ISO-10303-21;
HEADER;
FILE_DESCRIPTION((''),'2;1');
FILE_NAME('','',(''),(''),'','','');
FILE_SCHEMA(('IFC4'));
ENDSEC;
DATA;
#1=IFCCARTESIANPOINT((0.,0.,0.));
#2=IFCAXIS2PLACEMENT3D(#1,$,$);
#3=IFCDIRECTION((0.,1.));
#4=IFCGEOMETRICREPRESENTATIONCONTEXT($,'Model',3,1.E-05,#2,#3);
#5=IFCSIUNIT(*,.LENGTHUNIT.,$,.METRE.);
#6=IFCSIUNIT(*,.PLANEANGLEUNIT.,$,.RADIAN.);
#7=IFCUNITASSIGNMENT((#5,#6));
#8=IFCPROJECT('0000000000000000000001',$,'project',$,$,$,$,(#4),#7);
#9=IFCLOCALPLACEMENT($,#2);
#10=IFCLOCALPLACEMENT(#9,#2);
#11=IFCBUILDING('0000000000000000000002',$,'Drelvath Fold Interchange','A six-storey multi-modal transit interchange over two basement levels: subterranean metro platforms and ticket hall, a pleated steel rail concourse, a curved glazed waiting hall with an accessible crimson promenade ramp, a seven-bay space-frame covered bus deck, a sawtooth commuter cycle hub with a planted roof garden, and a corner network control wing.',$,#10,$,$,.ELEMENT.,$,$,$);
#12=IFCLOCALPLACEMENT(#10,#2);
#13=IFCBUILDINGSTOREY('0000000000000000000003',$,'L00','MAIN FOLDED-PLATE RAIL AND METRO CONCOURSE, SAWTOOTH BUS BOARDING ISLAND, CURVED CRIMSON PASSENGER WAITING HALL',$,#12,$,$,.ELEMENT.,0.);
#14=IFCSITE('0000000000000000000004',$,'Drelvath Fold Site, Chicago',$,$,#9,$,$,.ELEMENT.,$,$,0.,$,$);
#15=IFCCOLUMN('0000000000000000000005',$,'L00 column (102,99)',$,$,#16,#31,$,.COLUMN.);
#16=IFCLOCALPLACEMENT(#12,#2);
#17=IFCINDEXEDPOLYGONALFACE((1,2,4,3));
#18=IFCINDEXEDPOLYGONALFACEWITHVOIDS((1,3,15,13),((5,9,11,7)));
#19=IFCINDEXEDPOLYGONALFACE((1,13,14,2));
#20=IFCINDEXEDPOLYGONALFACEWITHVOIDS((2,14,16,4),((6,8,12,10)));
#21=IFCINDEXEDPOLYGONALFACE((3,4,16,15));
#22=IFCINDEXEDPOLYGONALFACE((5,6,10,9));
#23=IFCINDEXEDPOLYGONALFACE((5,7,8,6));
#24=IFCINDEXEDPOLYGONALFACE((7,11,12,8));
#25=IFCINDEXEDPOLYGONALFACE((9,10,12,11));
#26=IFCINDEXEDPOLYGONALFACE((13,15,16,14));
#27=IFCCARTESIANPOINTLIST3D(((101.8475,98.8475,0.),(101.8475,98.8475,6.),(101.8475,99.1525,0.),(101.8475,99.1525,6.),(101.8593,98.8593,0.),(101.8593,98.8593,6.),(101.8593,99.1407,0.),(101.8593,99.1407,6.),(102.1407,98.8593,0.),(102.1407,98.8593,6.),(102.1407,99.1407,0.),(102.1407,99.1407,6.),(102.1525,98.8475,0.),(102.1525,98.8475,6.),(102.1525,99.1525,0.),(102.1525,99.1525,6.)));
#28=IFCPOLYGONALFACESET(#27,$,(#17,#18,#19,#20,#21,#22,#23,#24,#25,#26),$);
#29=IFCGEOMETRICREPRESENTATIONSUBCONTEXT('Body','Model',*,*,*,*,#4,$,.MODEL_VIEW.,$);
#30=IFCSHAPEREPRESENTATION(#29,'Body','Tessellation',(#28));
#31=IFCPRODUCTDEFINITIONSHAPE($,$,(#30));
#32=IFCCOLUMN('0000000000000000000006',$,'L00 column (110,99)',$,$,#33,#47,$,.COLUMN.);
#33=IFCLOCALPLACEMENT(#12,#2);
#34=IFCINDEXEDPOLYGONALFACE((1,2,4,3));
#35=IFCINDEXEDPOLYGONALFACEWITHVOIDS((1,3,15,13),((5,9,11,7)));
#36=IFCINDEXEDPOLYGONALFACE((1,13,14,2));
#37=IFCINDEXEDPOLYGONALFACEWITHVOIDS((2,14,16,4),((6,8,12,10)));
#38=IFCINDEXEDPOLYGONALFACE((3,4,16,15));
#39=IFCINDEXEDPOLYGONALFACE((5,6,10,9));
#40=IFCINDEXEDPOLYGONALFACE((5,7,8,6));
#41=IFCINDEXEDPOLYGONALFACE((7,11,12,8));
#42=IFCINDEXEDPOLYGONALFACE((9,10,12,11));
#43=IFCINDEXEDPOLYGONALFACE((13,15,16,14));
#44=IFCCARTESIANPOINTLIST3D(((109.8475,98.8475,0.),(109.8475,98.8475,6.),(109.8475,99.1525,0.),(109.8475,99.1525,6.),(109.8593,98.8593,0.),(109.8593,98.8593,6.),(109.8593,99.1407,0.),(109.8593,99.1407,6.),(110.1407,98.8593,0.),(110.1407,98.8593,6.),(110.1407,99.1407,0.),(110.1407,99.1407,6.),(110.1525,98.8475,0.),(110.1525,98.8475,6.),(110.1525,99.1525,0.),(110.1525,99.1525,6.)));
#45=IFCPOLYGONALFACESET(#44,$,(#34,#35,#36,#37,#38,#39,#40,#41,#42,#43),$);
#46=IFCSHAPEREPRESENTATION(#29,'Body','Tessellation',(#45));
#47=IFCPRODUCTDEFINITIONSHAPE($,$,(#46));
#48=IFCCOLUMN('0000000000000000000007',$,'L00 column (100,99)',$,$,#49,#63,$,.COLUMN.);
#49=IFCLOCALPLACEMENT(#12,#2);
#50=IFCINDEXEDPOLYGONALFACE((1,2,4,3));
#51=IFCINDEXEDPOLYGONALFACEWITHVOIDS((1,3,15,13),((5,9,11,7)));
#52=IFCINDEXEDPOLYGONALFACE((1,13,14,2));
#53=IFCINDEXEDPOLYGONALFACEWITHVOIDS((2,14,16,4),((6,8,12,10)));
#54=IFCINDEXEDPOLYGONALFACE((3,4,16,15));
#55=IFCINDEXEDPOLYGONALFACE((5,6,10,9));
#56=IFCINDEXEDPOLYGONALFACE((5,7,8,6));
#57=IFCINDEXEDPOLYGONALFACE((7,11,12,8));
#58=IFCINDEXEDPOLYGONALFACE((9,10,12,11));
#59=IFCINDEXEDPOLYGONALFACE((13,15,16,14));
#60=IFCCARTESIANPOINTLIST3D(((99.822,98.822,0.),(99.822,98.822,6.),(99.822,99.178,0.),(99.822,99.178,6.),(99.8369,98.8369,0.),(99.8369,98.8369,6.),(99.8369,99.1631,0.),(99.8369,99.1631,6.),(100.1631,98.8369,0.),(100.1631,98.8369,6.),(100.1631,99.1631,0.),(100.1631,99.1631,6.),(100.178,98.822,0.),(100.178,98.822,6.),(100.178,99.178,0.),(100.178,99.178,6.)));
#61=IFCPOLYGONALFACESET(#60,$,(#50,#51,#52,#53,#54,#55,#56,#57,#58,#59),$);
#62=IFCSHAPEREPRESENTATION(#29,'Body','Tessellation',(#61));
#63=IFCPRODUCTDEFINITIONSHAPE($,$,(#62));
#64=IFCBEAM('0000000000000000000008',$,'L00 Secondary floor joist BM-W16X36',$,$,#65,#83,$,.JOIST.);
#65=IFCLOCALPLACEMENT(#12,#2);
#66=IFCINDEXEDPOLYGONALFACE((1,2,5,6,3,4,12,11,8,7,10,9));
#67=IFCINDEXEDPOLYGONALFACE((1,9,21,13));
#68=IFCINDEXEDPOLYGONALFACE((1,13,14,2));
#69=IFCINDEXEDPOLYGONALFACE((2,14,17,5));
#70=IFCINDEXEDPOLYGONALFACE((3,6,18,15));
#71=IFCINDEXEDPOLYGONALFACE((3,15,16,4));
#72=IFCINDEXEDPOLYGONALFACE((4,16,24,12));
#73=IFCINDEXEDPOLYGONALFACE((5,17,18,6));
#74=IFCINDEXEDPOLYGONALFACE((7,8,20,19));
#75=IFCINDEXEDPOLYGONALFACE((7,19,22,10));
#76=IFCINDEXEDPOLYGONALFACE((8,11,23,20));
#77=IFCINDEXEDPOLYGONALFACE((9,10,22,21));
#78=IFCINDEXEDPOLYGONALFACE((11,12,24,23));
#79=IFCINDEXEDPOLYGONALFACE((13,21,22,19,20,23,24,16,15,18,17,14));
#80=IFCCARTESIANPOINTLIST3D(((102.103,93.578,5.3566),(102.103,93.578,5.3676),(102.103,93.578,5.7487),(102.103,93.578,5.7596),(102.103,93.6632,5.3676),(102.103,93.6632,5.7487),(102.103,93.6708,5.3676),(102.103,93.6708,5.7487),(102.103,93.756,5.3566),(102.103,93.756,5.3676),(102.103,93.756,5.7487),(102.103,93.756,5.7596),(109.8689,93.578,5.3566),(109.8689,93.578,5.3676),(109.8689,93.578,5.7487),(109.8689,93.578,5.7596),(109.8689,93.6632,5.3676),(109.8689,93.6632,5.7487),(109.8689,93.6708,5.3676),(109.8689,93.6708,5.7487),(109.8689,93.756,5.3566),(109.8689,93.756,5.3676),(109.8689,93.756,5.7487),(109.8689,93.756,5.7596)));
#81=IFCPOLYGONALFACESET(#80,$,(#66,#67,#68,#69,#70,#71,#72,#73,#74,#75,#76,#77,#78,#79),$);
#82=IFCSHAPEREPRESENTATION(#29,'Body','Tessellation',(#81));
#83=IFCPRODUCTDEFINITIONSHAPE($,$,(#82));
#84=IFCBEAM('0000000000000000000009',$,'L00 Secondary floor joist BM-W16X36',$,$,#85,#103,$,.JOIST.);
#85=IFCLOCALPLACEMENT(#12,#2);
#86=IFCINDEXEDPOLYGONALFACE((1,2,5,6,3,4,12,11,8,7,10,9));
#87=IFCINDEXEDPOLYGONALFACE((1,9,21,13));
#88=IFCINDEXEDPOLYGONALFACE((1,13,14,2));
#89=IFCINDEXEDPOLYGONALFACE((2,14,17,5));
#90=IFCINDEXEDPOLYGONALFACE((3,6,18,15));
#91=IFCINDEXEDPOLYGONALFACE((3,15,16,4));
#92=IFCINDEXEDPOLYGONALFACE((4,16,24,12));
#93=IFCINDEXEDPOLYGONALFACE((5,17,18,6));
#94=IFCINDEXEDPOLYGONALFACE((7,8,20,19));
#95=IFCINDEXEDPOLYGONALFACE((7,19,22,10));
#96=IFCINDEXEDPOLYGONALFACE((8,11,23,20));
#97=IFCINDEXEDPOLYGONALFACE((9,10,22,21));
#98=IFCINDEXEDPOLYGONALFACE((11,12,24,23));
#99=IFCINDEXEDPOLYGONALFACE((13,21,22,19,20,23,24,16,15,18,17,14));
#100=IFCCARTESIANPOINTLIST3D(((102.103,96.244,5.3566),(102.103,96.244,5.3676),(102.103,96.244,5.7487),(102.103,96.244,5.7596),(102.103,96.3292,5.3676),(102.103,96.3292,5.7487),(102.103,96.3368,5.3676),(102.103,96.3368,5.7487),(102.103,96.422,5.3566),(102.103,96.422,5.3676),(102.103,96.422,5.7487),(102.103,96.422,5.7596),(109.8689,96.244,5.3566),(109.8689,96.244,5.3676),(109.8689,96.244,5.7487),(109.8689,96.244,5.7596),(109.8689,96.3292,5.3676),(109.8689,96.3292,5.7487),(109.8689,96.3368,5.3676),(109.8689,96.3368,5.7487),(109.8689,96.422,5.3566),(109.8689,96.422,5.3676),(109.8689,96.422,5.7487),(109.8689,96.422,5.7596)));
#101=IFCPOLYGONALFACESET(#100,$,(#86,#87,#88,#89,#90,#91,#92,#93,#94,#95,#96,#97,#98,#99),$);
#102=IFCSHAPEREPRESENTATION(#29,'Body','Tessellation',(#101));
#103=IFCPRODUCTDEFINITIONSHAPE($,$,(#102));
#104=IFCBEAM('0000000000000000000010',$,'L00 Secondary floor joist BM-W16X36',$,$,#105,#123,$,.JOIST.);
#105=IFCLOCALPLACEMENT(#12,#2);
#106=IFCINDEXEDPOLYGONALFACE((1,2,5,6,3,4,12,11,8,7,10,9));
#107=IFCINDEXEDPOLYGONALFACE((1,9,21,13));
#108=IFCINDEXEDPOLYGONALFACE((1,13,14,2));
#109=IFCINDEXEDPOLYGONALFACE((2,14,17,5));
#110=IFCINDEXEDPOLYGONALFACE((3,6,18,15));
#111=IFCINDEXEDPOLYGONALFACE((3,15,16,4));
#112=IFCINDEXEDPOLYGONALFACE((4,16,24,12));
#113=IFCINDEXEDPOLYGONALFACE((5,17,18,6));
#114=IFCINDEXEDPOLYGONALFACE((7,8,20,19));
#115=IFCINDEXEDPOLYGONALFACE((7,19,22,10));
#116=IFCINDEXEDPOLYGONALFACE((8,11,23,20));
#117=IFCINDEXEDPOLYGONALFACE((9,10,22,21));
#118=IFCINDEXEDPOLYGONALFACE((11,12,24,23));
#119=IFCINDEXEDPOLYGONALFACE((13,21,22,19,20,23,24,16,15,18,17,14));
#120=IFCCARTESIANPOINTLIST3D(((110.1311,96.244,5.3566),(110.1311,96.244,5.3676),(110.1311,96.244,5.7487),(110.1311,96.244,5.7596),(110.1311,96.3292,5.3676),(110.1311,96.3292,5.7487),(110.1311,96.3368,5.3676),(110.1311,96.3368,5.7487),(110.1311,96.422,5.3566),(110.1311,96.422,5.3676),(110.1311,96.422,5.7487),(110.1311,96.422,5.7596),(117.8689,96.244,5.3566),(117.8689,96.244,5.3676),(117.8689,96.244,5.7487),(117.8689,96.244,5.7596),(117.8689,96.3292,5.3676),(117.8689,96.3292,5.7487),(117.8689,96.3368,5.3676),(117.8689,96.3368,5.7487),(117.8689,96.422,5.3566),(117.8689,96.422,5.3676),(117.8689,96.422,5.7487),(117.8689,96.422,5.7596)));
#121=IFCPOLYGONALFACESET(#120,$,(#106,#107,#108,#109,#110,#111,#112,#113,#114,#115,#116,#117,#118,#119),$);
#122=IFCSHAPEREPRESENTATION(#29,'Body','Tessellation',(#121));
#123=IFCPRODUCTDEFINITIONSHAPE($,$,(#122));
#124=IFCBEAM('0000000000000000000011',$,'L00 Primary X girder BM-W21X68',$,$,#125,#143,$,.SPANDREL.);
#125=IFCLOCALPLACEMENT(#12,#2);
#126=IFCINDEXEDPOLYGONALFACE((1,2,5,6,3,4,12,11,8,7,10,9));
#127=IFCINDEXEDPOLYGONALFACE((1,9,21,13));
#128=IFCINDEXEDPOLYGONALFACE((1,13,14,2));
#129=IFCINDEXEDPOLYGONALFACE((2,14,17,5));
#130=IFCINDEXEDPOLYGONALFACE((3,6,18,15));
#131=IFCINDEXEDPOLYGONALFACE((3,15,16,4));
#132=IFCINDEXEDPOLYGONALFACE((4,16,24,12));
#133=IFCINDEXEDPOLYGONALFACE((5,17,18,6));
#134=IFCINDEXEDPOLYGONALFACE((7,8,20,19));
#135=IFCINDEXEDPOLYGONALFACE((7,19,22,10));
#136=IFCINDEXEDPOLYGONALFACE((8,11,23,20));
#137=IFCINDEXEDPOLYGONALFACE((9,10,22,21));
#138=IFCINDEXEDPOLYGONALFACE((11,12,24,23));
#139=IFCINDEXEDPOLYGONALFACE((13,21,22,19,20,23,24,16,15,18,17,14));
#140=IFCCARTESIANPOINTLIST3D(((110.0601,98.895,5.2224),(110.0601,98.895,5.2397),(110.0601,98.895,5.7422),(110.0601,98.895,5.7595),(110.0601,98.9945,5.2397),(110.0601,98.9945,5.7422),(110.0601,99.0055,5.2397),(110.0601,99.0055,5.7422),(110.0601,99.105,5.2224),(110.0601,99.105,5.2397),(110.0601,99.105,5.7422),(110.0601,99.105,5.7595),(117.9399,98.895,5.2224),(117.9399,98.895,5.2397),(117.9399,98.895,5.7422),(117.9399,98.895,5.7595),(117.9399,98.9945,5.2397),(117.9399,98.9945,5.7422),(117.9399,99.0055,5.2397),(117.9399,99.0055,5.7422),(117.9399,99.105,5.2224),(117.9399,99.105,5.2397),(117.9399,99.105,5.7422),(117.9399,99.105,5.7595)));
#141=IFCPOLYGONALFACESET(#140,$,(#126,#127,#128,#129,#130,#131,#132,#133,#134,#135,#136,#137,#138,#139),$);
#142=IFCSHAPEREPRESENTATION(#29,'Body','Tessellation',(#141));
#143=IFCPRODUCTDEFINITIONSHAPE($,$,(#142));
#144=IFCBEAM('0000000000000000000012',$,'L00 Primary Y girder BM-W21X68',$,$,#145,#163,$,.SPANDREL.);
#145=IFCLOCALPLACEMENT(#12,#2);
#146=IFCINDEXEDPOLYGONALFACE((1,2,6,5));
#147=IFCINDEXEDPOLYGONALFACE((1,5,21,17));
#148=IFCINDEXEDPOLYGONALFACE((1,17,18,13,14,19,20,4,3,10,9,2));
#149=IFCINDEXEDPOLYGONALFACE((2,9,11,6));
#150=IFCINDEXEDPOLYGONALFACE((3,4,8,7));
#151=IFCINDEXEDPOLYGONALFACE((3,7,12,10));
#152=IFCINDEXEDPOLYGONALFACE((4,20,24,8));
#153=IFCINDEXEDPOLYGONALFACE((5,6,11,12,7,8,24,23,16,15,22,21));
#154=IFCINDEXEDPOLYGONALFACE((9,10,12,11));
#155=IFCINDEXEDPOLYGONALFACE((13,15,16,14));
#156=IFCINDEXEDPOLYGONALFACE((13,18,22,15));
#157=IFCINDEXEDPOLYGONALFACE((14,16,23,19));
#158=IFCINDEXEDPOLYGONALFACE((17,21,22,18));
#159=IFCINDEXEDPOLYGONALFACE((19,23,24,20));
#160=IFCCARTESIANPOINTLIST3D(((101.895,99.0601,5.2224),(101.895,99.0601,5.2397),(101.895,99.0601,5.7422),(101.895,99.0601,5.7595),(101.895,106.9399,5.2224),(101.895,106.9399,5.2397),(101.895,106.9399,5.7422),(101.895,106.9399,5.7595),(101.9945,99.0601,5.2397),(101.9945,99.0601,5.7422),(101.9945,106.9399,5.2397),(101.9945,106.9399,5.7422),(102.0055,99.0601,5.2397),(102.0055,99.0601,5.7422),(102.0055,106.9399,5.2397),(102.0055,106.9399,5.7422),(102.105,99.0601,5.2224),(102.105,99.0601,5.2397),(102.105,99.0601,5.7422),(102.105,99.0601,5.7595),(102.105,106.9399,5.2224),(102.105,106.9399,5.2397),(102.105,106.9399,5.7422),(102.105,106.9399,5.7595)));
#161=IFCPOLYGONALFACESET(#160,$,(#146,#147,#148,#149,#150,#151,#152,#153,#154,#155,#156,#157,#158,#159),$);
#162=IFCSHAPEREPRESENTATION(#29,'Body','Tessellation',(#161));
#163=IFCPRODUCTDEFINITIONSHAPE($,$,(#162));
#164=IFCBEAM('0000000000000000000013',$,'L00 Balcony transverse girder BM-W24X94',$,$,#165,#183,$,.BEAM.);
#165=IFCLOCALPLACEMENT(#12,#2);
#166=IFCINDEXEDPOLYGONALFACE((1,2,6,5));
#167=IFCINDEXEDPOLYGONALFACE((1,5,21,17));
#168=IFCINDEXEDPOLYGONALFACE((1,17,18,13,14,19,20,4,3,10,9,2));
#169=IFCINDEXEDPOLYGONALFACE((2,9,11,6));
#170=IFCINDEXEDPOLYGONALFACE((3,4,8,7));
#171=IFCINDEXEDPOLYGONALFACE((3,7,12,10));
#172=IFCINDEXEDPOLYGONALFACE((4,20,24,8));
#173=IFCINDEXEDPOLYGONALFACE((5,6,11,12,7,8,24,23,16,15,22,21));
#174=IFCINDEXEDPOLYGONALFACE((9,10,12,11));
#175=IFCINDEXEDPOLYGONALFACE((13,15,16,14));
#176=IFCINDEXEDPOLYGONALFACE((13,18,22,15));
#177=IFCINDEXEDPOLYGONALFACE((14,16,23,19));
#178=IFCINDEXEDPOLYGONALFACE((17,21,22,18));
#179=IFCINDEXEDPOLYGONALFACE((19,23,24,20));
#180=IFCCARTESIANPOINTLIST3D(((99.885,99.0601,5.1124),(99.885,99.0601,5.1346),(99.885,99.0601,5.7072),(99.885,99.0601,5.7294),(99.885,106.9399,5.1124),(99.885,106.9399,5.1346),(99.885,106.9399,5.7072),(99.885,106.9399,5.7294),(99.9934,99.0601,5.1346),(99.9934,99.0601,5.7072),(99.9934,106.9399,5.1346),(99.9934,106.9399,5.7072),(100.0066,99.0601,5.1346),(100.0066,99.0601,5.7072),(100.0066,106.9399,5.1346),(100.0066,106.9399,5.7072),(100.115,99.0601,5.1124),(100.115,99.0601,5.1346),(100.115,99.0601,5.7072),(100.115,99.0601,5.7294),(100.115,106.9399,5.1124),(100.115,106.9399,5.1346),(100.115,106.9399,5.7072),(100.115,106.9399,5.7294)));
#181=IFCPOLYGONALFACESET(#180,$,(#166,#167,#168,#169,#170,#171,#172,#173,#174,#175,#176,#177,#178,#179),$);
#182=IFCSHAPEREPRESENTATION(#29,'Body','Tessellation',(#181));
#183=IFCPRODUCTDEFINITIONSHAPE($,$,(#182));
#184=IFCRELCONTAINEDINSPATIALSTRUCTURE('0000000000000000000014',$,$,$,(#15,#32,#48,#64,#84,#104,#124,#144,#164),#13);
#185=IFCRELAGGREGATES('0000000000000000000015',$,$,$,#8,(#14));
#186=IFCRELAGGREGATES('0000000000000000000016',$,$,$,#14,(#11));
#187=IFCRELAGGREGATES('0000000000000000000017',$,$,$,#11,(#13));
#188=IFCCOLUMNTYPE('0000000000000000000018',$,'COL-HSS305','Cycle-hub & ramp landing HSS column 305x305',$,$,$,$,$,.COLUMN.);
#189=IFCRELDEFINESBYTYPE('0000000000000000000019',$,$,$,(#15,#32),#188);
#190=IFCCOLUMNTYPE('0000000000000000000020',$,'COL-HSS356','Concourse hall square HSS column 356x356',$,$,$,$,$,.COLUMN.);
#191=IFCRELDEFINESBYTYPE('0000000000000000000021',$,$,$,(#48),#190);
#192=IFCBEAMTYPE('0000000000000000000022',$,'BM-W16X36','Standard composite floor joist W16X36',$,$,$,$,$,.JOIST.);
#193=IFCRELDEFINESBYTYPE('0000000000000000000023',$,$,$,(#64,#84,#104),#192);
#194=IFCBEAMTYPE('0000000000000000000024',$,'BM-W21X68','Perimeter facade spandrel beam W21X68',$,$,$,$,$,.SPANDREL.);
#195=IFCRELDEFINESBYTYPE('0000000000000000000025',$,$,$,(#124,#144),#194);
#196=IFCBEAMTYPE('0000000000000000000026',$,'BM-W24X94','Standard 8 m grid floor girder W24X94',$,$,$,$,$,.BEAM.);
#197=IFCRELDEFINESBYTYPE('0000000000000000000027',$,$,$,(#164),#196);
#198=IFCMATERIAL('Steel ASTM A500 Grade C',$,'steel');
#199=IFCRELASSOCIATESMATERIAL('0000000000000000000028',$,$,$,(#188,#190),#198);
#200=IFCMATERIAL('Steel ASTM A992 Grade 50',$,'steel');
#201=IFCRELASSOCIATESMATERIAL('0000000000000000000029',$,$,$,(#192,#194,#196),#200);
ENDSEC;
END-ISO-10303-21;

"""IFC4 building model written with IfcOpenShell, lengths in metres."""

from ifc_helpers import new_model, si_unit, direction, frame, origin, origin_2d, place, context, subcontext, project, spatial, hollow_rectangle, i_section, extrude, material, material_profile, profile_set, type_object, element, save


model = new_model("IFC4")

# Units and contexts
model_context = context("Model", 3, precision=1e-05, world=origin(), true_north=direction((0.0, 1.0)))
body_context = subcontext(model_context, "Body", "Model", "MODEL_VIEW")
ifc_project = project(units=[si_unit("LENGTHUNIT", "METRE"), si_unit("PLANEANGLEUNIT", "RADIAN")], contexts=[model_context])

# Site, building, storey
site_placement = place(None, origin())
site = spatial("IfcSite", under=ifc_project, at=site_placement, Name="Drelvath Fold Site, Chicago", CompositionType="ELEMENT", RefElevation=0.0)
building_placement = place(site_placement, origin())
building = spatial("IfcBuilding", under=site, at=building_placement, Name="Drelvath Fold Interchange", Description="A six-storey multi-modal transit interchange over two basement levels: subterranean metro platforms and ticket hall, a pleated steel rail concourse, a curved glazed waiting hall with an accessible crimson promenade ramp, a seven-bay space-frame covered bus deck, a sawtooth commuter cycle hub with a planted roof garden, and a corner network control wing.", CompositionType="ELEMENT")
storey_placement = place(building_placement, origin())
storey = spatial("IfcBuildingStorey", under=building, at=storey_placement, Name="L00", Description="MAIN FOLDED-PLATE RAIL AND METRO CONCOURSE, SAWTOOTH BUS BOARDING ISLAND, CURVED CRIMSON PASSENGER WAITING HALL", CompositionType="ELEMENT", Elevation=0.0)

# Columns
ifc_material_1 = material(Name="Steel ASTM A500 Grade C", Category="steel")
ifc_material_profile_1 = material_profile(ifc_material_1, hollow_rectangle(XDim=0.3049, YDim=0.3049, WallThickness=0.0117, at=origin_2d()), Name="HSS12X12X1/2")
ifc_profile_set_1 = profile_set([ifc_material_profile_1], Name="Steel ASTM A500 Grade C")
column_type_1 = type_object("IfcColumnType", Name="COL-HSS305", Description="Cycle-hub & ramp landing HSS column 305x305", PredefinedType="COLUMN", material=ifc_profile_set_1)
for number, where, z_axis, x_axis, name in (
    (1, (102.0, 99.0, 0.0), (0.0, 0.0, 1.0), (1.0, 0.0, 0.0), "L00 column (102,99)"),
    (2, (110.0, 99.0, 0.0), (0.0, 0.0, 1.0), (1.0, 0.0, 0.0), "L00 column (110,99)"),
):
    element("IfcColumn", number, at=place(storey_placement, frame(where, z_axis=z_axis, x_axis=x_axis)), inside=storey, type_object=column_type_1, Name=name, PredefinedType="COLUMN", context=body_context, shape_type="SweptSolid", body=[
        extrude(hollow_rectangle(XDim=0.3049, YDim=0.3049, WallThickness=0.0117, at=origin_2d()), origin(), (0.0, 0.0, 1.0), 6.0),
    ])
ifc_material_profile_2 = material_profile(ifc_material_1, hollow_rectangle(XDim=0.356, YDim=0.356, WallThickness=0.0149, at=origin_2d()), Name="HSS14X14X5/8")
ifc_profile_set_2 = profile_set([ifc_material_profile_2], Name="Steel ASTM A500 Grade C")
column_type_2 = type_object("IfcColumnType", Name="COL-HSS356", Description="Concourse hall square HSS column 356x356", PredefinedType="COLUMN", material=ifc_profile_set_2)
column_placement = place(storey_placement, frame((100.0, 99.0, 0.0), z_axis=(0.0, 0.0, 1.0), x_axis=(1.0, 0.0, 0.0)))
element("IfcColumn", 3, at=column_placement, inside=storey, type_object=column_type_2, Name="L00 column (100,99)", PredefinedType="COLUMN", context=body_context, shape_type="SweptSolid", body=[
    extrude(hollow_rectangle(XDim=0.356, YDim=0.356, WallThickness=0.0149, at=origin_2d()), origin(), (0.0, 0.0, 1.0), 6.0),
])

# Beams
ifc_material_2 = material(Name="Steel ASTM A992 Grade 50", Category="steel")
ifc_material_profile_3 = material_profile(ifc_material_2, i_section(OverallWidth=0.178, OverallDepth=0.4031, WebThickness=0.0076, FlangeThickness=0.011, at=origin_2d()), Name="W16X36")
ifc_profile_set_3 = profile_set([ifc_material_profile_3], Name="Steel ASTM A992 Grade 50")
beam_type_1 = type_object("IfcBeamType", Name="BM-W16X36", Description="Standard composite floor joist W16X36", PredefinedType="JOIST", material=ifc_profile_set_3)
for number, where, z_axis, x_axis, name in (
    (4, (102.103, 93.667, 5.5581), (1.0, 0.0, 0.0), (0.0, 1.0, 0.0), "L00 Secondary floor joist BM-W16X36"),
    (5, (102.103, 96.333, 5.5581), (1.0, 0.0, 0.0), (0.0, 1.0, 0.0), "L00 Secondary floor joist BM-W16X36"),
):
    element("IfcBeam", number, at=place(storey_placement, frame(where, z_axis=z_axis, x_axis=x_axis)), inside=storey, type_object=beam_type_1, Name=name, PredefinedType="JOIST", context=body_context, shape_type="SweptSolid", body=[
        extrude(i_section(OverallWidth=0.178, OverallDepth=0.4031, WebThickness=0.0076, FlangeThickness=0.011, at=origin_2d()), origin(), (0.0, 0.0, 1.0), 7.7659),
    ])
beam_1_placement = place(storey_placement, frame((110.1311, 96.333, 5.5581), z_axis=(1.0, 0.0, 0.0), x_axis=(0.0, 1.0, 0.0)))
element("IfcBeam", 6, at=beam_1_placement, inside=storey, type_object=beam_type_1, Name="L00 Secondary floor joist BM-W16X36", PredefinedType="JOIST", context=body_context, shape_type="SweptSolid", body=[
    extrude(i_section(OverallWidth=0.178, OverallDepth=0.4031, WebThickness=0.0076, FlangeThickness=0.011, at=origin_2d()), origin(), (0.0, 0.0, 1.0), 7.7378),
])
ifc_material_profile_4 = material_profile(ifc_material_2, i_section(OverallWidth=0.21, OverallDepth=0.5371, WebThickness=0.011, FlangeThickness=0.0173, at=origin_2d()), Name="W21X68")
ifc_profile_set_4 = profile_set([ifc_material_profile_4], Name="Steel ASTM A992 Grade 50")
beam_type_2 = type_object("IfcBeamType", Name="BM-W21X68", Description="Perimeter facade spandrel beam W21X68", PredefinedType="SPANDREL", material=ifc_profile_set_4)
for number, where, z_axis, x_axis, name in (
    (7, (110.0601, 99.0, 5.491), (1.0, 0.0, 0.0), (0.0, 1.0, 0.0), "L00 Primary X girder BM-W21X68"),
    (8, (102.0, 99.0601, 5.491), (0.0, 1.0, 0.0), (-1.0, 0.0, 0.0), "L00 Primary Y girder BM-W21X68"),
):
    element("IfcBeam", number, at=place(storey_placement, frame(where, z_axis=z_axis, x_axis=x_axis)), inside=storey, type_object=beam_type_2, Name=name, PredefinedType="SPANDREL", context=body_context, shape_type="SweptSolid", body=[
        extrude(i_section(OverallWidth=0.21, OverallDepth=0.5371, WebThickness=0.011, FlangeThickness=0.0173, at=origin_2d()), origin(), (0.0, 0.0, 1.0), 7.8799),
    ])
ifc_material_profile_5 = material_profile(ifc_material_2, i_section(OverallWidth=0.23, OverallDepth=0.6169, WebThickness=0.0132, FlangeThickness=0.0222, at=origin_2d()), Name="W24X94")
ifc_profile_set_5 = profile_set([ifc_material_profile_5], Name="Steel ASTM A992 Grade 50")
beam_type_3 = type_object("IfcBeamType", Name="BM-W24X94", Description="Standard 8 m grid floor girder W24X94", PredefinedType="BEAM", material=ifc_profile_set_5)
beam_2_placement = place(storey_placement, frame((100.0, 99.0601, 5.4209), z_axis=(0.0, 1.0, 0.0), x_axis=(-1.0, 0.0, 0.0)))
element("IfcBeam", 9, at=beam_2_placement, inside=storey, type_object=beam_type_3, Name="L00 Balcony transverse girder BM-W24X94", PredefinedType="BEAM", context=body_context, shape_type="SweptSolid", body=[
    extrude(i_section(OverallWidth=0.23, OverallDepth=0.6169, WebThickness=0.0132, FlangeThickness=0.0222, at=origin_2d()), origin(), (0.0, 0.0, 1.0), 7.8799),
])

save(model, "model.ifc")
